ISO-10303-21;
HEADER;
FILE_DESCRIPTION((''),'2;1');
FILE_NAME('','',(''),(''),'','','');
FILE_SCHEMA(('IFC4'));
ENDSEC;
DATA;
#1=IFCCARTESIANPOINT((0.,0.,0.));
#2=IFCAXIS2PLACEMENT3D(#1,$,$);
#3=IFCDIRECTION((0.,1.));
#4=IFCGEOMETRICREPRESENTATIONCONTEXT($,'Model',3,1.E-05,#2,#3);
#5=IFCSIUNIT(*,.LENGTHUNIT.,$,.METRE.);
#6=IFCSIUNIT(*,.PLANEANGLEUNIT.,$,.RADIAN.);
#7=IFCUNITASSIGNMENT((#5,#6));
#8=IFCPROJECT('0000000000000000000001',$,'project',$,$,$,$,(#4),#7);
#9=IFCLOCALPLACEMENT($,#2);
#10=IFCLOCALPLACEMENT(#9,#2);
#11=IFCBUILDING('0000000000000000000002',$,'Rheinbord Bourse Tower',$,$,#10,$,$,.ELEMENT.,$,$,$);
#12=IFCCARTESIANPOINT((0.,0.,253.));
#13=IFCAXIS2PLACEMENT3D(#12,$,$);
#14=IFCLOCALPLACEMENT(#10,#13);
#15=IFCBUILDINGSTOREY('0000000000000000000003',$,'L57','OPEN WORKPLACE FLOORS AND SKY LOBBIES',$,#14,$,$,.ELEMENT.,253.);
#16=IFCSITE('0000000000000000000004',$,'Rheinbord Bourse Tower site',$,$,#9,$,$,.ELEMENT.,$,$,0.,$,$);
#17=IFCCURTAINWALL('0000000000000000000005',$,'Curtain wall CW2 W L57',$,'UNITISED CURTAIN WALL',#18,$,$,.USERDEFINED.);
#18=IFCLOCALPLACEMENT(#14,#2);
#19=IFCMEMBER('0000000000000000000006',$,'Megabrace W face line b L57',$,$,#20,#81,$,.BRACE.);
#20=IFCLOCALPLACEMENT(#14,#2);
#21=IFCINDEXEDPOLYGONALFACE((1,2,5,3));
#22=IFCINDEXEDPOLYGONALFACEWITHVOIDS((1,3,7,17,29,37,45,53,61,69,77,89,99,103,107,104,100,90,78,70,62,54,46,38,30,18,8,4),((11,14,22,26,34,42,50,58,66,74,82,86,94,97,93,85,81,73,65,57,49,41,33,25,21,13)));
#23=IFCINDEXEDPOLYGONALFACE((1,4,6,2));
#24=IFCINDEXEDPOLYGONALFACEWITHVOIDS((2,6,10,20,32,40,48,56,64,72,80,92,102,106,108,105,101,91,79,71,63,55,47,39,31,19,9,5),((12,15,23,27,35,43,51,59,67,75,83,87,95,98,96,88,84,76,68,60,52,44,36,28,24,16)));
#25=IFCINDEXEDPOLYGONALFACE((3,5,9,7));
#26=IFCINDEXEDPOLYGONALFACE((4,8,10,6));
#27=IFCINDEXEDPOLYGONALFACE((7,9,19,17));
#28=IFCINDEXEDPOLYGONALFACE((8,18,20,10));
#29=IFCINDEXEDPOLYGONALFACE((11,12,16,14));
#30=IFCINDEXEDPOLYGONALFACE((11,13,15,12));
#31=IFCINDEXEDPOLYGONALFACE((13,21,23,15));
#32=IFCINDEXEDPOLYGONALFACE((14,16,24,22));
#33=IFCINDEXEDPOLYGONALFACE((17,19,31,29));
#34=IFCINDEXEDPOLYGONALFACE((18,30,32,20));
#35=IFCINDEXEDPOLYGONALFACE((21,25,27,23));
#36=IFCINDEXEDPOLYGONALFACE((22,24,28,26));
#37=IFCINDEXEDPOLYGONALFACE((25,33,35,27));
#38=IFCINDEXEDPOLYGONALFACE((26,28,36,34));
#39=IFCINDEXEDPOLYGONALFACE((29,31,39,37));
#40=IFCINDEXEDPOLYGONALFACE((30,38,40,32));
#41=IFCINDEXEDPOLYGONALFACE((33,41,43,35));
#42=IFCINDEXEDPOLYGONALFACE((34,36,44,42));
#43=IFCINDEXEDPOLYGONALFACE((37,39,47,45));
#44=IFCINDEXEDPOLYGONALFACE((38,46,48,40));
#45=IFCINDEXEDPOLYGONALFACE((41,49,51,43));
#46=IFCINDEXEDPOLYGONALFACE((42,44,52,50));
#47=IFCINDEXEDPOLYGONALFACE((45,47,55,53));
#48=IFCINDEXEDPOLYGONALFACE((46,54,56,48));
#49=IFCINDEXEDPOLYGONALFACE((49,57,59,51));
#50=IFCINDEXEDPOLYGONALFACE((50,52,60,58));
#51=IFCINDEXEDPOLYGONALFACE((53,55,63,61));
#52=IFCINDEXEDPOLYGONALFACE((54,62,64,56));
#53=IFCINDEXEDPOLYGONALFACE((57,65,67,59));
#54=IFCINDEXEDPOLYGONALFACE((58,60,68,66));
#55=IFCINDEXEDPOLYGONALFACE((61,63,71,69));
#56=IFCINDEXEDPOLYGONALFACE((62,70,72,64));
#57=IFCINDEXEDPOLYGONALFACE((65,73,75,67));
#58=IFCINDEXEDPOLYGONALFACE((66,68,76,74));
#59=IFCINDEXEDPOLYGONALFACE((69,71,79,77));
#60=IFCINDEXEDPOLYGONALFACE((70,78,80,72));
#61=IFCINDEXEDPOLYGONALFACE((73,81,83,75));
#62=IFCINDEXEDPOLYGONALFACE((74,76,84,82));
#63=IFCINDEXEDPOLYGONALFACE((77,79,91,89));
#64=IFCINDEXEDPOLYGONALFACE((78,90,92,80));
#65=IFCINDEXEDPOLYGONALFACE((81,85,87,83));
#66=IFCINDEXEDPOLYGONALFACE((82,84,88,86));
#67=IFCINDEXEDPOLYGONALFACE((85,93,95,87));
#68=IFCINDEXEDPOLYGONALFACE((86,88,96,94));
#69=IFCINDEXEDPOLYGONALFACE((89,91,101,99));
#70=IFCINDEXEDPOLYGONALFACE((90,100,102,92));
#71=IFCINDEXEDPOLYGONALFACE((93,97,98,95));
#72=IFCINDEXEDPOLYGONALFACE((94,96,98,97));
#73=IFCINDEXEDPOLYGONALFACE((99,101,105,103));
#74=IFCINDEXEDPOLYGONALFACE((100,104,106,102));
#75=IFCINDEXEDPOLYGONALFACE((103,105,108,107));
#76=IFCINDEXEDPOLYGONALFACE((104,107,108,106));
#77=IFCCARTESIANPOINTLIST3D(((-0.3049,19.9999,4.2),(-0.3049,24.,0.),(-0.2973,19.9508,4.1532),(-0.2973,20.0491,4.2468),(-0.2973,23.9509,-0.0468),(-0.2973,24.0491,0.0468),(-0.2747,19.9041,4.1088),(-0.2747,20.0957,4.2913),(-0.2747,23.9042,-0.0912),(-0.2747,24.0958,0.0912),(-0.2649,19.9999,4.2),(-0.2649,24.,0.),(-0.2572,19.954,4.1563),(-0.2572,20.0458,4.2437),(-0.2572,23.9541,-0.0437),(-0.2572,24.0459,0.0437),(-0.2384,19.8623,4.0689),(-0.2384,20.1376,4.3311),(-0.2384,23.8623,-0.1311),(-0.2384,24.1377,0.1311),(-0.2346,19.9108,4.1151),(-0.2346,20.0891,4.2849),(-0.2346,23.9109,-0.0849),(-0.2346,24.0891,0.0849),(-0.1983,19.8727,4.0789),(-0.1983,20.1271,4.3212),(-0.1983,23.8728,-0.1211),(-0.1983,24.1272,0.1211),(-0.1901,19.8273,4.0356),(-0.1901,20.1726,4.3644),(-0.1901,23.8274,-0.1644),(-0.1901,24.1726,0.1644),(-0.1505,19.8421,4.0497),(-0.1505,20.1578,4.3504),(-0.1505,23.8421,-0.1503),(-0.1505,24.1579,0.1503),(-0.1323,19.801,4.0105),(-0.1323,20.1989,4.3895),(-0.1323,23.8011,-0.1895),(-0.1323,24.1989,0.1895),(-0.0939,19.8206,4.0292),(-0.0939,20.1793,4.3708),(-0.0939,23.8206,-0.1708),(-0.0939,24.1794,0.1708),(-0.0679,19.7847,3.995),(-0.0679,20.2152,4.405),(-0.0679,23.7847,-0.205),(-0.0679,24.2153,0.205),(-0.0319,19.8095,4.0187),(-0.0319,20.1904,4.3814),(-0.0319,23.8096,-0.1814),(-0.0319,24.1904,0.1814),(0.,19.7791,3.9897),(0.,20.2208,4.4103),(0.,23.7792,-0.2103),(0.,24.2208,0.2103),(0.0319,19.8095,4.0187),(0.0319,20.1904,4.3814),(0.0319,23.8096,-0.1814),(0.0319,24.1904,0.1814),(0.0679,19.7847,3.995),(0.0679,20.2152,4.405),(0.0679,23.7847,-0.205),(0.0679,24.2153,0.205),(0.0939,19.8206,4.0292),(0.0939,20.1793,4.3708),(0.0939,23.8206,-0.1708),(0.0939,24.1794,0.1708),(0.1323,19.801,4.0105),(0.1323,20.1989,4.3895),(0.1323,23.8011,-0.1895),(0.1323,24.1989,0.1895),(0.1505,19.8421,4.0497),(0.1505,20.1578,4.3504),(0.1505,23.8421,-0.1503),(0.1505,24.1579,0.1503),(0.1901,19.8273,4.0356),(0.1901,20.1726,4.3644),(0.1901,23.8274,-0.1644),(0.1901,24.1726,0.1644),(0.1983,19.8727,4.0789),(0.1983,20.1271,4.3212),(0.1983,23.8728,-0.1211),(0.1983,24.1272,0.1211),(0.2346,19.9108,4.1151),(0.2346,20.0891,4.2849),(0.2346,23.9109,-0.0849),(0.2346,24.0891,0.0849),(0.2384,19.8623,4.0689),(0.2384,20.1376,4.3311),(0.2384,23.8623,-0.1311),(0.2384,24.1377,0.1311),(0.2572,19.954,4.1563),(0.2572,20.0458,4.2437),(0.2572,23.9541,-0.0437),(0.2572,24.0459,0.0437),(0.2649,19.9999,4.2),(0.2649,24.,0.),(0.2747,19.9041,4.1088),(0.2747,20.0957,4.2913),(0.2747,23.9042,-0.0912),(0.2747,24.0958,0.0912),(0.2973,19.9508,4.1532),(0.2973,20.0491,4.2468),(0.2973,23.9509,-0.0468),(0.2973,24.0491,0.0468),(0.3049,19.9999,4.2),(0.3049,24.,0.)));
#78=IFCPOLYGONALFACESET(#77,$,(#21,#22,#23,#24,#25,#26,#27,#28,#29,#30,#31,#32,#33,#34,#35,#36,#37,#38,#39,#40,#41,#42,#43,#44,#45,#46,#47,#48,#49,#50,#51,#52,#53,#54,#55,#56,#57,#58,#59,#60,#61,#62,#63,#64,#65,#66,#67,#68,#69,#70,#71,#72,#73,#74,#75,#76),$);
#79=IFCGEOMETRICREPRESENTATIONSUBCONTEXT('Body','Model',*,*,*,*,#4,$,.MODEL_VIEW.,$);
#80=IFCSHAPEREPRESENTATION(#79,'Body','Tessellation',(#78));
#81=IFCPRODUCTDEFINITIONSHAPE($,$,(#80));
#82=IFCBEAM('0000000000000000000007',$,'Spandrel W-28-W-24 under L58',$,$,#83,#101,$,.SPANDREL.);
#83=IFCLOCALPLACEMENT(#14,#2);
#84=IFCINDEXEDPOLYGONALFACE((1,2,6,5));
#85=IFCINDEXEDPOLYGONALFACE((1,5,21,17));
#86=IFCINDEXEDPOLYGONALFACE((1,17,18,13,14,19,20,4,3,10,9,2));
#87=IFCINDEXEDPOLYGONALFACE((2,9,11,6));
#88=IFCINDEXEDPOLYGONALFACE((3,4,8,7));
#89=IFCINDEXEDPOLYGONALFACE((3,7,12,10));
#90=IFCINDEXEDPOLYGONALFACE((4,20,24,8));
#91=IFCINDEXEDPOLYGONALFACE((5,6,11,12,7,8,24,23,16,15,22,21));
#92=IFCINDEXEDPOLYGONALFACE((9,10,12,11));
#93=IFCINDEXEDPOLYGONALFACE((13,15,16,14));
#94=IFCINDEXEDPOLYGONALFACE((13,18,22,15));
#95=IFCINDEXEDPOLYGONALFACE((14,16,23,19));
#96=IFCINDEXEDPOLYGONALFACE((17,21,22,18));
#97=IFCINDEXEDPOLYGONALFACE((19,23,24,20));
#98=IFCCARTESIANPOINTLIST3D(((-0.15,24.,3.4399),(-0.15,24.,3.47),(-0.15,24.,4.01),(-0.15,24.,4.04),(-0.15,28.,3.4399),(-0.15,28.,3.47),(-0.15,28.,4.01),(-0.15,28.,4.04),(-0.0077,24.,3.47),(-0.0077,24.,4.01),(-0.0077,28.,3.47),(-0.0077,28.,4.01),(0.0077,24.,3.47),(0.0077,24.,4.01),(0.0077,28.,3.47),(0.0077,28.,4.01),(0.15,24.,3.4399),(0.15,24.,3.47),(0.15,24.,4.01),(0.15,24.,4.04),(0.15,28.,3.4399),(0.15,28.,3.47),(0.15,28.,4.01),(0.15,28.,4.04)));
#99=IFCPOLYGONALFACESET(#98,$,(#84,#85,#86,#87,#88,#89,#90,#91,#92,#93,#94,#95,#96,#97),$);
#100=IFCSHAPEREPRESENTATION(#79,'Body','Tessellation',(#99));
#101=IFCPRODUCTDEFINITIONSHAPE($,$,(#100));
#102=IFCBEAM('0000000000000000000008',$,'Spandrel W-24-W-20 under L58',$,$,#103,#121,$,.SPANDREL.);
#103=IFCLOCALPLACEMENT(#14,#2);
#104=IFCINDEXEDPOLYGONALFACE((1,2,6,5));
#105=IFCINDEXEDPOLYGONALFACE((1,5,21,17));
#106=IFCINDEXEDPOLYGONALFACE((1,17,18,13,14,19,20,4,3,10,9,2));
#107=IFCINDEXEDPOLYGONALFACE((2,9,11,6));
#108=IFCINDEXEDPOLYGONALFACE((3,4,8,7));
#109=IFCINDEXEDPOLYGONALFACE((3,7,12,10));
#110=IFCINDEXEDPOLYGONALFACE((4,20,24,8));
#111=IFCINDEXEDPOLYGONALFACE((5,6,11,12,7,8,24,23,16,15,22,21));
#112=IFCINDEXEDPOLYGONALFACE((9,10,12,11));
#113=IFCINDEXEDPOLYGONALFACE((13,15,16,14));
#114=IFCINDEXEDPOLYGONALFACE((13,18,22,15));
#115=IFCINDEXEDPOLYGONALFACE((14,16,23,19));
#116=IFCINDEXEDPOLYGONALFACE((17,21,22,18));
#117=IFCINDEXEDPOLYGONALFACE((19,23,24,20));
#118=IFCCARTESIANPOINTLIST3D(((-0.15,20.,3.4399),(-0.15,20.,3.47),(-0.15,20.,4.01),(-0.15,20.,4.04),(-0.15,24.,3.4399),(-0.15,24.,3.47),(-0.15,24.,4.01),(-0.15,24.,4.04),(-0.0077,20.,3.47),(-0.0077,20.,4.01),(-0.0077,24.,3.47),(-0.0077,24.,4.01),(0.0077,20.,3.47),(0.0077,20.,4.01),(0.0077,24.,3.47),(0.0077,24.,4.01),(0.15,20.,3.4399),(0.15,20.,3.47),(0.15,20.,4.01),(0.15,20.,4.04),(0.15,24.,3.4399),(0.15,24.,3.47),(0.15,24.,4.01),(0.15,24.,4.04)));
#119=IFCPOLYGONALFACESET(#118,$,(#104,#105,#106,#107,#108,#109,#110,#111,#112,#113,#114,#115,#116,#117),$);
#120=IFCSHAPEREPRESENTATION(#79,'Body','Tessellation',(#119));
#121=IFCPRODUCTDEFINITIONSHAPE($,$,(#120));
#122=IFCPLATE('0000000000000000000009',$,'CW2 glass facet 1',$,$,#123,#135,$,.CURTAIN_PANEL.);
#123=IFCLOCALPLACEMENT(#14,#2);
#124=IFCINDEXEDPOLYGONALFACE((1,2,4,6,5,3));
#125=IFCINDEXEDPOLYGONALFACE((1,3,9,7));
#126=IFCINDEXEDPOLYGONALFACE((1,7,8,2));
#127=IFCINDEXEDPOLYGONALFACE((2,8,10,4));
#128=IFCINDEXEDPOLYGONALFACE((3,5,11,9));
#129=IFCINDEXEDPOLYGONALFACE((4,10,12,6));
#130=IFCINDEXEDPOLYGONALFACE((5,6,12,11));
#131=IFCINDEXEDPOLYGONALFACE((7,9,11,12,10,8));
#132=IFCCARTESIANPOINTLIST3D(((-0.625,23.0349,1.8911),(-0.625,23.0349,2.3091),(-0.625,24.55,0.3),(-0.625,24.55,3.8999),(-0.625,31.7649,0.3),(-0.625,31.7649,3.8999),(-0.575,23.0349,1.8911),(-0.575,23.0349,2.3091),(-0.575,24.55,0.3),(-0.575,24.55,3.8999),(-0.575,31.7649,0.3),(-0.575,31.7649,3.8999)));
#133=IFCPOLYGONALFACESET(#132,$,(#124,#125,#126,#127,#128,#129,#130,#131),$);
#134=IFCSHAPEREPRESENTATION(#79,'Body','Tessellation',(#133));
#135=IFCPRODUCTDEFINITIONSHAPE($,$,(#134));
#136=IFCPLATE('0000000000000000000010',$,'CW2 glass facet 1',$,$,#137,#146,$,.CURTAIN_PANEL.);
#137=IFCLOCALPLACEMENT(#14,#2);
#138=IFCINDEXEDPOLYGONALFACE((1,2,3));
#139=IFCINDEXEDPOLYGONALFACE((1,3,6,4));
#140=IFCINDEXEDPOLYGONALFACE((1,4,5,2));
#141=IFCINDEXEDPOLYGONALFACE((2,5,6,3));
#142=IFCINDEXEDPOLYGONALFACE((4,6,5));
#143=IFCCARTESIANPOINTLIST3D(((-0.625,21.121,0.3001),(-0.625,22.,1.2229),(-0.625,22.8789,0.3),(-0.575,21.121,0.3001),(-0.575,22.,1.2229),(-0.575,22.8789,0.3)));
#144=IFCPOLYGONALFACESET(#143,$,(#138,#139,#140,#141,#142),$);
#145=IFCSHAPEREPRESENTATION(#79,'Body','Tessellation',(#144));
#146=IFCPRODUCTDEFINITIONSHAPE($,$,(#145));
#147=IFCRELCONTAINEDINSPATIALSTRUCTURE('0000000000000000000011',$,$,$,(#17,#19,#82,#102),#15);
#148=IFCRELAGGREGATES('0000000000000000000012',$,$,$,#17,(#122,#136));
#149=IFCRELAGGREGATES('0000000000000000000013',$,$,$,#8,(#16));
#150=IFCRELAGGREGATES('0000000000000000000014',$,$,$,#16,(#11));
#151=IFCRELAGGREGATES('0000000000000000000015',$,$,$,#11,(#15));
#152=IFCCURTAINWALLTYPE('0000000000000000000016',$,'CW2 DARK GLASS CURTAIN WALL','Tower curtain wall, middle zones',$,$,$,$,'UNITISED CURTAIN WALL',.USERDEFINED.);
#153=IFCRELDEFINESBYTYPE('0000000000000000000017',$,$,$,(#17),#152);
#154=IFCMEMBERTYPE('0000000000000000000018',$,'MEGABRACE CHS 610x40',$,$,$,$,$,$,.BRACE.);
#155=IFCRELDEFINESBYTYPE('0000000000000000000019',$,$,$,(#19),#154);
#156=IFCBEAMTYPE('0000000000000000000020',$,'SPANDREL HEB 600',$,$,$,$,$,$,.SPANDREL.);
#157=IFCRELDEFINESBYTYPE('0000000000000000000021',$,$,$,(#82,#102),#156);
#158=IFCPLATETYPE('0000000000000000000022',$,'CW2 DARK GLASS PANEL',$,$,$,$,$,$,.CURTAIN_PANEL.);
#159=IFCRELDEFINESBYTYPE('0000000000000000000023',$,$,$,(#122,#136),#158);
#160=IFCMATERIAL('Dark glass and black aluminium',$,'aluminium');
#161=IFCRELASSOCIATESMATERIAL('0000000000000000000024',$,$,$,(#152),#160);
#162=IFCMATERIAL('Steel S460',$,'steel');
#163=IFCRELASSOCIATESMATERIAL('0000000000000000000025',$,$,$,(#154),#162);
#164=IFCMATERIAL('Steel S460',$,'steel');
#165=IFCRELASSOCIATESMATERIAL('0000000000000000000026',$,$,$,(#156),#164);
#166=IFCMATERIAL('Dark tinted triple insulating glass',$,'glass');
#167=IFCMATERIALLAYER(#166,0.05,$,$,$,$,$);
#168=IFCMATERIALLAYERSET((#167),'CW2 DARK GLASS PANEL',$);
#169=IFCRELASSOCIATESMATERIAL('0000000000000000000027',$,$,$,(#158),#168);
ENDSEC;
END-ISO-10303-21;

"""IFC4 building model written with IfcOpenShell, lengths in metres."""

from ifc_helpers import new_model, si_unit, direction, frame, origin, origin_2d, place, context, subcontext, project, spatial, polyline, hollow_circle, i_section, outline, extrude, material, layer, layer_set, material_profile, profile_set, type_object, element, aggregate, save


model = new_model("IFC4")

# Units and contexts
model_context = context("Model", 3, precision=1e-05, world=origin(), true_north=direction((0.0, 1.0)))
body_context = subcontext(model_context, "Body", "Model", "MODEL_VIEW")
ifc_project = project(units=[si_unit("LENGTHUNIT", "METRE"), si_unit("PLANEANGLEUNIT", "RADIAN")], contexts=[model_context])

# Site, building, storey
site_placement = place(None, origin())
site = spatial("IfcSite", under=ifc_project, at=site_placement, Name="Rheinbord Bourse Tower site", CompositionType="ELEMENT", RefElevation=0.0)
building_placement = place(site_placement, origin())
building = spatial("IfcBuilding", under=site, at=building_placement, Name="Rheinbord Bourse Tower", CompositionType="ELEMENT")
storey_placement = place(building_placement, frame((0.0, 0.0, 253.0)))
storey = spatial("IfcBuildingStorey", under=building, at=storey_placement, Name="L57", Description="OPEN WORKPLACE FLOORS AND SKY LOBBIES", CompositionType="ELEMENT", Elevation=253.0)

# Curtain wall
ifc_material_1 = material(Name="Dark glass and black aluminium", Category="aluminium")
curtain_wall_type = type_object("IfcCurtainWallType", Name="CW2 DARK GLASS CURTAIN WALL", Description="Tower curtain wall, middle zones", ElementType="UNITISED CURTAIN WALL", PredefinedType="USERDEFINED", material=ifc_material_1)
curtain_wall_placement = place(storey_placement, origin())
curtain_wall = element("IfcCurtainWall", 1, at=curtain_wall_placement, inside=storey, type_object=curtain_wall_type, Name="Curtain wall CW2 W L57", ObjectType="UNITISED CURTAIN WALL", PredefinedType="USERDEFINED")

# Member
ifc_material_2 = material(Name="Steel S460", Category="steel")
ifc_material_profile_1 = material_profile(ifc_material_2, hollow_circle(Radius=0.3049, WallThickness=0.04, at=origin_2d()), Name="CHS 610x40")
ifc_profile_set_1 = profile_set([ifc_material_profile_1], Name="Steel S460")
member_type_1 = type_object("IfcMemberType", Name="MEGABRACE CHS 610x40", PredefinedType="BRACE", material=ifc_profile_set_1)
member_1_placement = place(storey_placement, frame((0.0, 24.0, 0.0), z_axis=(0.0, -0.689659, 0.724134), x_axis=(1.0, 0.0, 0.0)))
element("IfcMember", 2, at=member_1_placement, inside=storey, type_object=member_type_1, Name="Megabrace W face line b L57", PredefinedType="BRACE", context=body_context, shape_type="SweptSolid", body=[
    extrude(hollow_circle(Radius=0.3049, WallThickness=0.04, at=origin_2d()), origin(), (0.0, 0.0, 1.0), 5.8),
])

# Beams
ifc_material_3 = material(Name="Steel S460", Category="steel")
ifc_material_profile_2 = material_profile(ifc_material_3, i_section(OverallWidth=0.3, OverallDepth=0.6001, WebThickness=0.0154, FlangeThickness=0.03, at=origin_2d()), Name="HEB 600")
ifc_profile_set_2 = profile_set([ifc_material_profile_2], Name="Steel S460")
beam_type_1 = type_object("IfcBeamType", Name="SPANDREL HEB 600", PredefinedType="SPANDREL", material=ifc_profile_set_2)
for number, where, z_axis, x_axis, name in (
    (3, (0.0, 28.0, 3.74), (0.0, -1.0, 0.0), (1.0, 0.0, 0.0), "Spandrel W-28-W-24 under L58"),
    (4, (0.0, 24.0, 3.74), (0.0, -1.0, 0.0), (1.0, 0.0, 0.0), "Spandrel W-24-W-20 under L58"),
):
    element("IfcBeam", number, at=place(storey_placement, frame(where, z_axis=z_axis, x_axis=x_axis)), inside=storey, type_object=beam_type_1, Name=name, PredefinedType="SPANDREL", context=body_context, shape_type="SweptSolid", body=[
        extrude(i_section(OverallWidth=0.3, OverallDepth=0.6001, WebThickness=0.0154, FlangeThickness=0.03, at=origin_2d()), origin(), (0.0, 0.0, 1.0), 4.0),
    ])

# Plates
ifc_material_4 = material(Name="Dark tinted triple insulating glass", Category="glass")
ifc_layer = layer(ifc_material_4, 0.05)
ifc_layer_set = layer_set([ifc_layer], Name="CW2 DARK GLASS PANEL")
plate_type = type_object("IfcPlateType", Name="CW2 DARK GLASS PANEL", PredefinedType="CURTAIN_PANEL", material=ifc_layer_set)
plate_1_placement = place(storey_placement, frame((-0.625, 31.7649, 0.3), z_axis=(1.0, 0.0, 0.0), x_axis=(0.0, 0.0, 1.0)))
plate_1 = element("IfcPlate", 5, at=plate_1_placement, type_object=plate_type, Name="CW2 glass facet 1", PredefinedType="CURTAIN_PANEL", context=body_context, shape_type="SweptSolid", body=[
    extrude(outline(polyline([(0.0, 0.0), (3.5999, 0.0), (3.5999, 7.2148), (2.009, 8.73), (1.5911, 8.73), (0.0, 7.2148), (0.0, 0.0)])), origin(), (0.0, 0.0, 1.0), 0.05),
])
plate_2_placement = place(storey_placement, frame((-0.625, 22.8789, 0.3), z_axis=(1.0, 0.0, 0.0), x_axis=(0.0, -0.689655, 0.724138)))
plate_2 = element("IfcPlate", 6, at=plate_2_placement, type_object=plate_type, Name="CW2 glass facet 1", PredefinedType="CURTAIN_PANEL", context=body_context, shape_type="SweptSolid", body=[
    extrude(outline(polyline([(0.0, 0.0), (1.2744, 0.0), (1.2124, 1.2729), (0.0, 0.0)])), origin(), (0.0, 0.0, 1.0), 0.05),
])
aggregate(curtain_wall, [plate_1, plate_2])

save(model, "model.ifc")
